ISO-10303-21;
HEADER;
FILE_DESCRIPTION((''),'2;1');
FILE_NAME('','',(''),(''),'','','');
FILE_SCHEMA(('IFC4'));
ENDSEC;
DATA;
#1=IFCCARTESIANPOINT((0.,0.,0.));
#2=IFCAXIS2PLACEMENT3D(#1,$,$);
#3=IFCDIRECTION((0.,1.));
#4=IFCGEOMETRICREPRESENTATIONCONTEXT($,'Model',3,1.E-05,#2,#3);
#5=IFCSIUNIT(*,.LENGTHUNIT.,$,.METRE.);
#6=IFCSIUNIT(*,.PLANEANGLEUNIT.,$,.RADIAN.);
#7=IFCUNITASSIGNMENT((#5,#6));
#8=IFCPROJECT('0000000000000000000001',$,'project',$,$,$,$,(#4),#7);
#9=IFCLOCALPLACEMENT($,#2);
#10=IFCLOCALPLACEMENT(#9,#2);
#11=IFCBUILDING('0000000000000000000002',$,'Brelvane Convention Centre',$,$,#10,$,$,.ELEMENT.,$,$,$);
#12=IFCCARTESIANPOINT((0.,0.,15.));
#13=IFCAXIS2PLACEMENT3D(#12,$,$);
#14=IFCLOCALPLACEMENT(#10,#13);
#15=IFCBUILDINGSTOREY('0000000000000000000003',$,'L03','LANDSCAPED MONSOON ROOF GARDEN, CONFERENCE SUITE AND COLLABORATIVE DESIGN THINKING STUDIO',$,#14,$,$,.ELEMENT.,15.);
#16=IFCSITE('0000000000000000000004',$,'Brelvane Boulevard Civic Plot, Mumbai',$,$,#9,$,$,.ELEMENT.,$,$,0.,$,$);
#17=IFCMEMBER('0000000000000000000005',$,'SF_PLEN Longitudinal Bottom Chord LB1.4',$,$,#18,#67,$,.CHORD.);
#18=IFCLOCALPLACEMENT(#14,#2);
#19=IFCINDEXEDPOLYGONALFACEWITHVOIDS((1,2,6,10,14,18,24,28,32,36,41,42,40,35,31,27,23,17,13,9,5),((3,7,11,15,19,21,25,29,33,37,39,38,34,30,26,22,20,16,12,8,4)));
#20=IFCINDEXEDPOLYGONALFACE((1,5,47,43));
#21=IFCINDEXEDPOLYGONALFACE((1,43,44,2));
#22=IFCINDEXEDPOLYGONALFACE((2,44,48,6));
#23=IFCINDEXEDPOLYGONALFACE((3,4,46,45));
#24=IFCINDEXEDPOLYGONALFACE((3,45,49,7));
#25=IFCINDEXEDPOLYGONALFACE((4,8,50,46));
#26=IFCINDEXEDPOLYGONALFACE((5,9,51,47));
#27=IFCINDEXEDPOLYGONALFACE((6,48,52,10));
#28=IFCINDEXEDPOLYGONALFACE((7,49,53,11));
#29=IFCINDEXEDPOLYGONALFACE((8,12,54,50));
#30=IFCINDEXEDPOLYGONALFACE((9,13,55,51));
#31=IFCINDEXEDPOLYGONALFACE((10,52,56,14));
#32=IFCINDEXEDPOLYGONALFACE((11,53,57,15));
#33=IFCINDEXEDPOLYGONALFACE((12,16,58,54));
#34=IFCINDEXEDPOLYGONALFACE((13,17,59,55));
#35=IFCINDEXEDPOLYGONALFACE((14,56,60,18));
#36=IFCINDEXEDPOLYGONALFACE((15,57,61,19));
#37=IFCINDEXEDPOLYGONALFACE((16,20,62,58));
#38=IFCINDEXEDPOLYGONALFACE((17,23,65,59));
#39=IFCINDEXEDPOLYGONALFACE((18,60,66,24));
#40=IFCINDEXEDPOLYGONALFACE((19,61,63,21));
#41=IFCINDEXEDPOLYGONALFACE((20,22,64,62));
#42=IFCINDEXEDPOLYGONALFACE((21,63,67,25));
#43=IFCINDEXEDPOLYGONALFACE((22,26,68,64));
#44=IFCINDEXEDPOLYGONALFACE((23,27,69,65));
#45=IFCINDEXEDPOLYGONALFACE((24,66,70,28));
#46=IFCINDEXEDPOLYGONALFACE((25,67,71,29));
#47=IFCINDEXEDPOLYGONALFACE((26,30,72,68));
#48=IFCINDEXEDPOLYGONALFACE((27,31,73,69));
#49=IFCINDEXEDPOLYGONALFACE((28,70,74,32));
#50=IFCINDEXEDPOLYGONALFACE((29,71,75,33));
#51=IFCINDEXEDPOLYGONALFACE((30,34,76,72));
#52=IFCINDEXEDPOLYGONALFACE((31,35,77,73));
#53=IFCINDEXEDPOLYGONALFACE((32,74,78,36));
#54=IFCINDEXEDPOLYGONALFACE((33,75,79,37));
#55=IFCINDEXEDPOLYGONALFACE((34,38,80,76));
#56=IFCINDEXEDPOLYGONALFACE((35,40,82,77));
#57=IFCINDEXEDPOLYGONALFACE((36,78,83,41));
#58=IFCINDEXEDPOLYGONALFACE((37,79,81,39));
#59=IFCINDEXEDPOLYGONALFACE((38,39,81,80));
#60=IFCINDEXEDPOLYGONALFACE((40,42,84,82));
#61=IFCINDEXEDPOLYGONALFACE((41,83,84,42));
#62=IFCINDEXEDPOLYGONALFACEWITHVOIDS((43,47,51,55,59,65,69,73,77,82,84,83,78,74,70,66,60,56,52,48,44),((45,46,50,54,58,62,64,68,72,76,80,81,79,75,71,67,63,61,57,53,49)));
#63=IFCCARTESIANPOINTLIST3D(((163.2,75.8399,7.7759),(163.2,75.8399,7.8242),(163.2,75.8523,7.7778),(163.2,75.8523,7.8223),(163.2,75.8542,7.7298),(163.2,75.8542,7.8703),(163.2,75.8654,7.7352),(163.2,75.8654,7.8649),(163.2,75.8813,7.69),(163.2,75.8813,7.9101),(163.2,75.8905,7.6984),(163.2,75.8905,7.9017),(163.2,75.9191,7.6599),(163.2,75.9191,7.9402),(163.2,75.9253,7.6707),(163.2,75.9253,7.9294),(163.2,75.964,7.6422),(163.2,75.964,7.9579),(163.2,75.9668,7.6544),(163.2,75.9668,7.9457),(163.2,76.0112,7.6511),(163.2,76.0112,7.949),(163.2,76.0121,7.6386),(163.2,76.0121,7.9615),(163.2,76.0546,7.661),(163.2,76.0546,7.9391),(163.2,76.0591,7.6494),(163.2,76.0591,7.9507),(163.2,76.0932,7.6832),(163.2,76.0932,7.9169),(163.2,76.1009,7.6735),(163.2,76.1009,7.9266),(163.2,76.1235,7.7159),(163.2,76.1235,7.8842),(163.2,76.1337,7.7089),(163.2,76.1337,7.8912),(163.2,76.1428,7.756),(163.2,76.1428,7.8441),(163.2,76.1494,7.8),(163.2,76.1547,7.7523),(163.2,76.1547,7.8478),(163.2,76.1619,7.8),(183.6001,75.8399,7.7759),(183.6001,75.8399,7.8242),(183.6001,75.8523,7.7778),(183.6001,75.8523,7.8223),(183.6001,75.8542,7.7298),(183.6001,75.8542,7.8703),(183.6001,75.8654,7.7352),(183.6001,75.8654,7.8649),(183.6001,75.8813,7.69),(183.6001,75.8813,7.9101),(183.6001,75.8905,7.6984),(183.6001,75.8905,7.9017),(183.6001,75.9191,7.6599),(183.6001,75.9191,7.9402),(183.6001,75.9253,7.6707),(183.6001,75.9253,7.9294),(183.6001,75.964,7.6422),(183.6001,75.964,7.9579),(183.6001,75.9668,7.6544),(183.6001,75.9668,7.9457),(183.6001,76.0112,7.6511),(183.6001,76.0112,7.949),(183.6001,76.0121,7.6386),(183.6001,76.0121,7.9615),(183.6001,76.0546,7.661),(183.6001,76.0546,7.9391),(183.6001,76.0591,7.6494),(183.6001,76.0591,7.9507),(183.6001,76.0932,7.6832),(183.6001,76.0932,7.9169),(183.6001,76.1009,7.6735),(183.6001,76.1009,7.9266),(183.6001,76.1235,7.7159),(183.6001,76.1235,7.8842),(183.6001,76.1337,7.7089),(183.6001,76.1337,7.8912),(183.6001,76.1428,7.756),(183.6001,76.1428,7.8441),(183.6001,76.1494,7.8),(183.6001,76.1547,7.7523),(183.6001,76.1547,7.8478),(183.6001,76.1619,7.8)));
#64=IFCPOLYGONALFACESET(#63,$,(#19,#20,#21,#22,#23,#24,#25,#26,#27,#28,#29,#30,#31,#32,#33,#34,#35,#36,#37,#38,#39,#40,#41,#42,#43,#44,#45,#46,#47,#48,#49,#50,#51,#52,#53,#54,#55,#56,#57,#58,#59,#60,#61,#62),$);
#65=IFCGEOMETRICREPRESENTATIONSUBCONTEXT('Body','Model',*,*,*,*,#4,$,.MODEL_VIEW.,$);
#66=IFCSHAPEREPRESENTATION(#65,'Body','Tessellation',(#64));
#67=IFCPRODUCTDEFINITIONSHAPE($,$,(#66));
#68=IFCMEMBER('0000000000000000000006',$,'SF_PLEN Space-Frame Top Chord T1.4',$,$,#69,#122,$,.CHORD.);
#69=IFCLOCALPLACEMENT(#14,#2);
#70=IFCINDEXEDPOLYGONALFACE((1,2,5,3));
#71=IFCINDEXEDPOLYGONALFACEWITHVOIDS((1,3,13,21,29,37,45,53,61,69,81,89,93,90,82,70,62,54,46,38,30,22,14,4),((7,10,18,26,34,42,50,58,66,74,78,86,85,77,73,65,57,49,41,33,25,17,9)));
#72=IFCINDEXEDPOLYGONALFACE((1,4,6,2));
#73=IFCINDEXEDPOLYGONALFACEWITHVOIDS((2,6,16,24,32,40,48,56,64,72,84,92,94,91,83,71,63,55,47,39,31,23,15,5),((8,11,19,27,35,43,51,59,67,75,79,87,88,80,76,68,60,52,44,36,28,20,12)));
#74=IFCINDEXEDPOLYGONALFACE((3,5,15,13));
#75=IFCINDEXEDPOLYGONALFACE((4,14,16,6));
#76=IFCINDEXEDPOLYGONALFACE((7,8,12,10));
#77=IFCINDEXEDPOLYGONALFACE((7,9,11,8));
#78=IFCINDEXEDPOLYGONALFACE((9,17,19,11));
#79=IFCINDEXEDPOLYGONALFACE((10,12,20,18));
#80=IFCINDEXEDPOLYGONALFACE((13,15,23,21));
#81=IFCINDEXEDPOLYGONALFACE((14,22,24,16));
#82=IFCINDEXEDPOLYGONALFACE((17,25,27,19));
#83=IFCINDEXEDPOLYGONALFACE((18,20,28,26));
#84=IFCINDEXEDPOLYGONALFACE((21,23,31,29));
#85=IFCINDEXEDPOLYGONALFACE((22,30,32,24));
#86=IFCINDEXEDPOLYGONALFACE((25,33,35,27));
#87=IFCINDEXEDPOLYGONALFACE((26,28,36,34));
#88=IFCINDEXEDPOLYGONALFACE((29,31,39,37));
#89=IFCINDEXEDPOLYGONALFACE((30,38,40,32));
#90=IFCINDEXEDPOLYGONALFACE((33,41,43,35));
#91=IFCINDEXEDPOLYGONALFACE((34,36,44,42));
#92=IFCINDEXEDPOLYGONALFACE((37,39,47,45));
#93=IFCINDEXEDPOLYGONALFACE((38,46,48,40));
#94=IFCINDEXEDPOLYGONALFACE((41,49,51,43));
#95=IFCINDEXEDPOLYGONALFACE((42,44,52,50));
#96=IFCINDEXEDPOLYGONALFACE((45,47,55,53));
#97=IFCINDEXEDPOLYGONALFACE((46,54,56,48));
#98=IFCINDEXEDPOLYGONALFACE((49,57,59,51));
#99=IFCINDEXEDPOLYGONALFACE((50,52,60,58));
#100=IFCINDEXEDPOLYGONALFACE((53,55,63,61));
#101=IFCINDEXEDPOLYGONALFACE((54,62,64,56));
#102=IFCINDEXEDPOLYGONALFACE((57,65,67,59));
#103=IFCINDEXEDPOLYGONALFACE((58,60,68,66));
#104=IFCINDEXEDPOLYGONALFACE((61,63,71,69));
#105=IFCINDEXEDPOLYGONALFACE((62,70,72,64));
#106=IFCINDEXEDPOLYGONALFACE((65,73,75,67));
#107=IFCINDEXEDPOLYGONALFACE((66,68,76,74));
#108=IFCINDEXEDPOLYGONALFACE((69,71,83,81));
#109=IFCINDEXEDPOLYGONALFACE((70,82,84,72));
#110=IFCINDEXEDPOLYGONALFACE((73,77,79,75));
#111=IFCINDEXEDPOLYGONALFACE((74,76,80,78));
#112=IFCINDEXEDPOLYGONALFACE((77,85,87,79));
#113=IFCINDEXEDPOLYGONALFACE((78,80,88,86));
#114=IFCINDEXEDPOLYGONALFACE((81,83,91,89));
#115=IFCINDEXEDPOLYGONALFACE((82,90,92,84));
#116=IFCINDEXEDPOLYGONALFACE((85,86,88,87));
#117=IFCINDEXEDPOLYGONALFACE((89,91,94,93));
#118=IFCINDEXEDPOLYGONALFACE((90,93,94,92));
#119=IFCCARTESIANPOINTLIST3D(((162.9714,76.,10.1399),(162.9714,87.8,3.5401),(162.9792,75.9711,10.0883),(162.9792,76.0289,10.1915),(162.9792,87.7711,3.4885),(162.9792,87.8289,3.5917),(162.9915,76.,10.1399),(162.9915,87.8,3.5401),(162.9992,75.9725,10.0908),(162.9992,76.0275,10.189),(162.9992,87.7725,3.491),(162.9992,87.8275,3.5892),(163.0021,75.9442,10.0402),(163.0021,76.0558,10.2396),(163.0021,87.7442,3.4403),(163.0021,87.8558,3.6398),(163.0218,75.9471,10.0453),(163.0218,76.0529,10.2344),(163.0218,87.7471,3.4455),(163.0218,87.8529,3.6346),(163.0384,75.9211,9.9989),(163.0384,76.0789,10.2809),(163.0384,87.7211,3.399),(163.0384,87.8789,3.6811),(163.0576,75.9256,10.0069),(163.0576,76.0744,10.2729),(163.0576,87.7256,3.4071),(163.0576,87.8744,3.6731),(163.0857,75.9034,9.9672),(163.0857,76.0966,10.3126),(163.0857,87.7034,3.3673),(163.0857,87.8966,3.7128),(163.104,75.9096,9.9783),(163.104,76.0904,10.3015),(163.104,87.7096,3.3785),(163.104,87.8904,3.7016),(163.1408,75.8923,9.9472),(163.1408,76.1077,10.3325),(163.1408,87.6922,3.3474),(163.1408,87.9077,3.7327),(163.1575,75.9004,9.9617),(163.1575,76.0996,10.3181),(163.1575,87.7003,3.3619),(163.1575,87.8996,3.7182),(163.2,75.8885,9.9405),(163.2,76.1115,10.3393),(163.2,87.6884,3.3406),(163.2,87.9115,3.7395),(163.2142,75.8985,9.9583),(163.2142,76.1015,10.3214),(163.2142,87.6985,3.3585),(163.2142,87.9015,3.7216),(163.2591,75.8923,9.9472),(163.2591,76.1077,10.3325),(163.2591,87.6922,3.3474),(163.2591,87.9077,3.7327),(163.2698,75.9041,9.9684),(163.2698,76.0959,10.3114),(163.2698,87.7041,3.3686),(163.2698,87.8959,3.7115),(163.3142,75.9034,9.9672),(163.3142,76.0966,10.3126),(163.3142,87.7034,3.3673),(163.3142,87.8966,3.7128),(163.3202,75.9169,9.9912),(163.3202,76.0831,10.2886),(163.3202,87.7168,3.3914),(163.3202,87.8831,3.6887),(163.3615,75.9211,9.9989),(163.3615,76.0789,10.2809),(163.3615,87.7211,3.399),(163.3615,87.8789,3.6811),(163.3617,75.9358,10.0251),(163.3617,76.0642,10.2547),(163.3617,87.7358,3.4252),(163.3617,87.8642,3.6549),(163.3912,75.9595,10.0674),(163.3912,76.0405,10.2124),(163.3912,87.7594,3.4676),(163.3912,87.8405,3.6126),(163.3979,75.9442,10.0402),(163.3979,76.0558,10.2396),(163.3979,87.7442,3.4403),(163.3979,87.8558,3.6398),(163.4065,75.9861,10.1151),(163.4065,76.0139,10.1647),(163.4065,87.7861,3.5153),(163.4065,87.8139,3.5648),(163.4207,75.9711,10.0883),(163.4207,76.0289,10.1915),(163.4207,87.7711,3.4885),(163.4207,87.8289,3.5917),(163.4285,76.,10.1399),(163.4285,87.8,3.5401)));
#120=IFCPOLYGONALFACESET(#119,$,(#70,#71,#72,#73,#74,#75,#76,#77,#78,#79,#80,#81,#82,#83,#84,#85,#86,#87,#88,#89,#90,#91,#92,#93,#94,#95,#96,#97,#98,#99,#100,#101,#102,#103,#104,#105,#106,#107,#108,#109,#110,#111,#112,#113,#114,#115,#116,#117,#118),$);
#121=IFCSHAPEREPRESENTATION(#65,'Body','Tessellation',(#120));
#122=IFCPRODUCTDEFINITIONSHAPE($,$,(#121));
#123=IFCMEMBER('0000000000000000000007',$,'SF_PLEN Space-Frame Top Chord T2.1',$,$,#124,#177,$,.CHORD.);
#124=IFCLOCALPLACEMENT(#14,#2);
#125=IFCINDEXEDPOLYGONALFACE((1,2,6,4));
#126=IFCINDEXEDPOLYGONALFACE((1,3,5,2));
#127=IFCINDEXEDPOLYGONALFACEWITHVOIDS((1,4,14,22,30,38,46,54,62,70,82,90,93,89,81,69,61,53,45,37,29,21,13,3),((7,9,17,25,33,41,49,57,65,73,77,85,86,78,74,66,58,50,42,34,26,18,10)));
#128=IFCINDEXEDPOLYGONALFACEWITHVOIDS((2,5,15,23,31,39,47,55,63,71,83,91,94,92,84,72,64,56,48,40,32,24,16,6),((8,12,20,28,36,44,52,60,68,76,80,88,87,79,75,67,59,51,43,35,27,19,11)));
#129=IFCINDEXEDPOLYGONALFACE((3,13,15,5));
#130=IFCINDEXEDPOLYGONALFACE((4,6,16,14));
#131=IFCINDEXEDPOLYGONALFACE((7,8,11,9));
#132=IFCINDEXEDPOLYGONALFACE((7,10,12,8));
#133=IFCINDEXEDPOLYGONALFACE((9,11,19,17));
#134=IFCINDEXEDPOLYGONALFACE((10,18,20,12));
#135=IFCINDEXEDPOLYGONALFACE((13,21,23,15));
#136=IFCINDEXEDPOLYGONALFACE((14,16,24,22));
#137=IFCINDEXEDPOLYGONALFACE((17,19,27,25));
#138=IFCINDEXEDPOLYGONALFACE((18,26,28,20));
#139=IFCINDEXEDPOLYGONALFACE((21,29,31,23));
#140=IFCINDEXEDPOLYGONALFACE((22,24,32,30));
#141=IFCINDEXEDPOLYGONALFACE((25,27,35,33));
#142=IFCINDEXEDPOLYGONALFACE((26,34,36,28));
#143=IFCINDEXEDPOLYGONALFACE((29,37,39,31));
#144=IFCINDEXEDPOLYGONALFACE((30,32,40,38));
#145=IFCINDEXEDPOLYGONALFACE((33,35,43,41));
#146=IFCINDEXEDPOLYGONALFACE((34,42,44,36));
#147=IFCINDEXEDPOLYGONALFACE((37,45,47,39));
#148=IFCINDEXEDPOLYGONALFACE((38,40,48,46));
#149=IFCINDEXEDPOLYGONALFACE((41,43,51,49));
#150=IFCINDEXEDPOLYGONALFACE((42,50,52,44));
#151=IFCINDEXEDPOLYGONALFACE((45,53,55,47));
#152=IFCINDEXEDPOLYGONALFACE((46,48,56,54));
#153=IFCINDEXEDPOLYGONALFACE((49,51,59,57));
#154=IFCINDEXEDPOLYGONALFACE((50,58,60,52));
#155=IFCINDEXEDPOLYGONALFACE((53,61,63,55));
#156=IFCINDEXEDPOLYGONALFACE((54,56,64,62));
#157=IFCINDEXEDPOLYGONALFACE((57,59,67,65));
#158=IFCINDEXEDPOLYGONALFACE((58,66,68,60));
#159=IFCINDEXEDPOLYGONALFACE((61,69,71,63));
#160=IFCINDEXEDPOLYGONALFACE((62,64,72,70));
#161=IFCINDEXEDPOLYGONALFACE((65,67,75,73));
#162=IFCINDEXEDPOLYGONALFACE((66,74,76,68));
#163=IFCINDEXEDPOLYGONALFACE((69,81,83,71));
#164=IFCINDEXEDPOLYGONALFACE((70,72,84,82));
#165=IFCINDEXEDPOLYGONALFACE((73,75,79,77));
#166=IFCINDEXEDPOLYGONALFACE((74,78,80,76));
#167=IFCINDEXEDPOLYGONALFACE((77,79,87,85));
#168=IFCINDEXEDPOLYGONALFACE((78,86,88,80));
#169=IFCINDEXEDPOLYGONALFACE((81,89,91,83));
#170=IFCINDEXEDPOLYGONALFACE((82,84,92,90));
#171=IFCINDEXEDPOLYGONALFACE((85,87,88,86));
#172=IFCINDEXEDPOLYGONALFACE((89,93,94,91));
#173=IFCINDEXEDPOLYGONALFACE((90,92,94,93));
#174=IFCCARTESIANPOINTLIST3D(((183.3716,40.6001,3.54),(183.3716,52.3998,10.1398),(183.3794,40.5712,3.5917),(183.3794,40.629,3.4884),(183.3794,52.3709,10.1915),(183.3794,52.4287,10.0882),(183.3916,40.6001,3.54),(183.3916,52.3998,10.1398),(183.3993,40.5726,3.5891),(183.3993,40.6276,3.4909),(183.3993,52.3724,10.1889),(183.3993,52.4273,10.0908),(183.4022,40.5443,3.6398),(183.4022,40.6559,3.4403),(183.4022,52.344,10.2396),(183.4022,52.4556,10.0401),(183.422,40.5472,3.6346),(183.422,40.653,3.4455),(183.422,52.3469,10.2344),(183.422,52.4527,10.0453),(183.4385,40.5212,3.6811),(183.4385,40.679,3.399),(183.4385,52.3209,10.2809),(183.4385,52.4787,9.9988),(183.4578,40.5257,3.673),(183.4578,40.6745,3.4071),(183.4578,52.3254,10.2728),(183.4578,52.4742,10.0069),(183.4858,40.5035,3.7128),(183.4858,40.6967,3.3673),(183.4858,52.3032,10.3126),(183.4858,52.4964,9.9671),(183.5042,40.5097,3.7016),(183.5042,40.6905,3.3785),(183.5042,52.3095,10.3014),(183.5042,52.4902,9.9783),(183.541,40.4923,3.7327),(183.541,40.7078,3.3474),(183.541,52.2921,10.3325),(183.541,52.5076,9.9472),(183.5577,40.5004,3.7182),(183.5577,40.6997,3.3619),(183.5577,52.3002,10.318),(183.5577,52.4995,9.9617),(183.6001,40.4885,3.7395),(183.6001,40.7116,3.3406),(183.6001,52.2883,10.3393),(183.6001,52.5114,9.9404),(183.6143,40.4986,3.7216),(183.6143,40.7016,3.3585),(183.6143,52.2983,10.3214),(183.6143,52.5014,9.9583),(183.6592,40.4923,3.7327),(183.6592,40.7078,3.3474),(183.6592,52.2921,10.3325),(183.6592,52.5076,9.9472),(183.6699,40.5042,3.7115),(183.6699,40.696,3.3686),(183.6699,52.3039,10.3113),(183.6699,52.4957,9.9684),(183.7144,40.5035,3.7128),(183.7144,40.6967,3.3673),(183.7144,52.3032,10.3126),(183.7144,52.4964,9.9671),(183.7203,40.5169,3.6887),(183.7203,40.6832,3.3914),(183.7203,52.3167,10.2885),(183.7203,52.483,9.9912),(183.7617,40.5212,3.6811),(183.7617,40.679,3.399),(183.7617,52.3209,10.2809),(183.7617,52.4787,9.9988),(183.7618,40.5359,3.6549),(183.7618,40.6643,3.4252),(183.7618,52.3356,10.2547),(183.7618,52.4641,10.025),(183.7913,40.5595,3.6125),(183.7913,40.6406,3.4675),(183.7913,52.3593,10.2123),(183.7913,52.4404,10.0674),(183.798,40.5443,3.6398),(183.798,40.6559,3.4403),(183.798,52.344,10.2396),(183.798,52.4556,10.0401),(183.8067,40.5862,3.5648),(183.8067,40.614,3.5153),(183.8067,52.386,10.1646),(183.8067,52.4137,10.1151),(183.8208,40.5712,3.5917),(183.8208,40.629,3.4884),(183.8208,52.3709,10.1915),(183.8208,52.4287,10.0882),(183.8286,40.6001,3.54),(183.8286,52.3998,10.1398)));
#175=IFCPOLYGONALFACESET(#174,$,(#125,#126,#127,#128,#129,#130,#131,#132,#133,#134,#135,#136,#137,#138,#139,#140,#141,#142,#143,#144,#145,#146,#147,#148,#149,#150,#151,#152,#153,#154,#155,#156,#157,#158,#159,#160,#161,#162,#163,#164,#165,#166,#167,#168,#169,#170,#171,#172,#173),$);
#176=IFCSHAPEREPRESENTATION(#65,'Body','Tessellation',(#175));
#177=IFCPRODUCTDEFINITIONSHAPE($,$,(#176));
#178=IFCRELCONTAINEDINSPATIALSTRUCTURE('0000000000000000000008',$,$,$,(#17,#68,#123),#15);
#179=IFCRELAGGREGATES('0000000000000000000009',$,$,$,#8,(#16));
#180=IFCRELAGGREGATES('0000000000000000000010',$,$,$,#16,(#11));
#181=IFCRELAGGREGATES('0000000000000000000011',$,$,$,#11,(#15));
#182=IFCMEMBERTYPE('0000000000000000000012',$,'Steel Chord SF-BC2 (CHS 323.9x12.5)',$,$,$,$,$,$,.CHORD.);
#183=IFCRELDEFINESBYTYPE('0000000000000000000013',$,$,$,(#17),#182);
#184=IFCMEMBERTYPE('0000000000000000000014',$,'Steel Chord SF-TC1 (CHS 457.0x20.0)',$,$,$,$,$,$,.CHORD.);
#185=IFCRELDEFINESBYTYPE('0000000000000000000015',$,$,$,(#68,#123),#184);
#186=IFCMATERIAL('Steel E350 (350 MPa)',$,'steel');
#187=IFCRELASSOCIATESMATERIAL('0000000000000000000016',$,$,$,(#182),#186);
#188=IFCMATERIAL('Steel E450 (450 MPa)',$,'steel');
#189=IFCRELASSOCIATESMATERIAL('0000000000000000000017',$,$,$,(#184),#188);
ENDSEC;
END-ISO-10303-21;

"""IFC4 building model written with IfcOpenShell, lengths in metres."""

from ifc_helpers import new_model, si_unit, direction, frame, origin, origin_2d, place, context, subcontext, project, spatial, hollow_circle, extrude, material, material_profile, profile_set, type_object, element, save


model = new_model("IFC4")

# Units and contexts
model_context = context("Model", 3, precision=1e-05, world=origin(), true_north=direction((0.0, 1.0)))
body_context = subcontext(model_context, "Body", "Model", "MODEL_VIEW")
ifc_project = project(units=[si_unit("LENGTHUNIT", "METRE"), si_unit("PLANEANGLEUNIT", "RADIAN")], contexts=[model_context])

# Site, building, storey
site_placement = place(None, origin())
site = spatial("IfcSite", under=ifc_project, at=site_placement, Name="Brelvane Boulevard Civic Plot, Mumbai", CompositionType="ELEMENT", RefElevation=0.0)
building_placement = place(site_placement, origin())
building = spatial("IfcBuilding", under=site, at=building_placement, Name="Brelvane Convention Centre", CompositionType="ELEMENT")
storey_placement = place(building_placement, frame((0.0, 0.0, 15.0)))
storey = spatial("IfcBuildingStorey", under=building, at=storey_placement, Name="L03", Description="LANDSCAPED MONSOON ROOF GARDEN, CONFERENCE SUITE AND COLLABORATIVE DESIGN THINKING STUDIO", CompositionType="ELEMENT", Elevation=15.0)

# Members
ifc_material_1 = material(Name="Steel E350 (350 MPa)", Category="steel")
ifc_material_profile_1 = material_profile(ifc_material_1, hollow_circle(Radius=0.1619, WallThickness=0.0125, at=origin_2d()), Name="CHS 323.9x12.5")
ifc_profile_set_1 = profile_set([ifc_material_profile_1], Name="Steel E350 (350 MPa)")
member_type_1 = type_object("IfcMemberType", Name="Steel Chord SF-BC2 (CHS 323.9x12.5)", PredefinedType="CHORD", material=ifc_profile_set_1)
for number, where, z_axis, x_axis, name in (
    (1, (163.2, 76.0, 7.8), (1.0, 0.0, 0.0), (0.0, 1.0, 0.0), "SF_PLEN Longitudinal Bottom Chord LB1.4"),
):
    element("IfcMember", number, at=place(storey_placement, frame(where, z_axis=z_axis, x_axis=x_axis)), inside=storey, type_object=member_type_1, Name=name, PredefinedType="CHORD", context=body_context, shape_type="SweptSolid", body=[
        extrude(hollow_circle(Radius=0.1619, WallThickness=0.0125, at=origin_2d()), origin(), (0.0, 0.0, 1.0), 20.4001),
    ])
ifc_material_2 = material(Name="Steel E450 (450 MPa)", Category="steel")
ifc_material_profile_2 = material_profile(ifc_material_2, hollow_circle(Radius=0.2285, WallThickness=0.02, at=origin_2d()), Name="CHS 457.0x20.0")
ifc_profile_set_2 = profile_set([ifc_material_profile_2], Name="Steel E450 (450 MPa)")
member_type_2 = type_object("IfcMemberType", Name="Steel Chord SF-TC1 (CHS 457.0x20.0)", PredefinedType="CHORD", material=ifc_profile_set_2)
member_1_placement = place(storey_placement, frame((163.2, 76.0, 10.1399), z_axis=(0.0, 0.872764, -0.488143), x_axis=(-1.0, 0.0, 0.0)))
element("IfcMember", 2, at=member_1_placement, inside=storey, type_object=member_type_2, Name="SF_PLEN Space-Frame Top Chord T1.4", PredefinedType="CHORD", context=body_context, shape_type="SweptSolid", body=[
    extrude(hollow_circle(Radius=0.2285, WallThickness=0.02, at=origin_2d()), origin(), (0.0, 0.0, 1.0), 13.5203),
])
member_2_placement = place(storey_placement, frame((183.6001, 40.6001, 3.54), z_axis=(0.0, 0.872759, 0.488151), x_axis=(-1.0, 0.0, 0.0)))
element("IfcMember", 3, at=member_2_placement, inside=storey, type_object=member_type_2, Name="SF_PLEN Space-Frame Top Chord T2.1", PredefinedType="CHORD", context=body_context, shape_type="SweptSolid", body=[
    extrude(hollow_circle(Radius=0.2285, WallThickness=0.02, at=origin_2d()), origin(), (0.0, 0.0, 1.0), 13.52),
])

save(model, "model.ifc")
